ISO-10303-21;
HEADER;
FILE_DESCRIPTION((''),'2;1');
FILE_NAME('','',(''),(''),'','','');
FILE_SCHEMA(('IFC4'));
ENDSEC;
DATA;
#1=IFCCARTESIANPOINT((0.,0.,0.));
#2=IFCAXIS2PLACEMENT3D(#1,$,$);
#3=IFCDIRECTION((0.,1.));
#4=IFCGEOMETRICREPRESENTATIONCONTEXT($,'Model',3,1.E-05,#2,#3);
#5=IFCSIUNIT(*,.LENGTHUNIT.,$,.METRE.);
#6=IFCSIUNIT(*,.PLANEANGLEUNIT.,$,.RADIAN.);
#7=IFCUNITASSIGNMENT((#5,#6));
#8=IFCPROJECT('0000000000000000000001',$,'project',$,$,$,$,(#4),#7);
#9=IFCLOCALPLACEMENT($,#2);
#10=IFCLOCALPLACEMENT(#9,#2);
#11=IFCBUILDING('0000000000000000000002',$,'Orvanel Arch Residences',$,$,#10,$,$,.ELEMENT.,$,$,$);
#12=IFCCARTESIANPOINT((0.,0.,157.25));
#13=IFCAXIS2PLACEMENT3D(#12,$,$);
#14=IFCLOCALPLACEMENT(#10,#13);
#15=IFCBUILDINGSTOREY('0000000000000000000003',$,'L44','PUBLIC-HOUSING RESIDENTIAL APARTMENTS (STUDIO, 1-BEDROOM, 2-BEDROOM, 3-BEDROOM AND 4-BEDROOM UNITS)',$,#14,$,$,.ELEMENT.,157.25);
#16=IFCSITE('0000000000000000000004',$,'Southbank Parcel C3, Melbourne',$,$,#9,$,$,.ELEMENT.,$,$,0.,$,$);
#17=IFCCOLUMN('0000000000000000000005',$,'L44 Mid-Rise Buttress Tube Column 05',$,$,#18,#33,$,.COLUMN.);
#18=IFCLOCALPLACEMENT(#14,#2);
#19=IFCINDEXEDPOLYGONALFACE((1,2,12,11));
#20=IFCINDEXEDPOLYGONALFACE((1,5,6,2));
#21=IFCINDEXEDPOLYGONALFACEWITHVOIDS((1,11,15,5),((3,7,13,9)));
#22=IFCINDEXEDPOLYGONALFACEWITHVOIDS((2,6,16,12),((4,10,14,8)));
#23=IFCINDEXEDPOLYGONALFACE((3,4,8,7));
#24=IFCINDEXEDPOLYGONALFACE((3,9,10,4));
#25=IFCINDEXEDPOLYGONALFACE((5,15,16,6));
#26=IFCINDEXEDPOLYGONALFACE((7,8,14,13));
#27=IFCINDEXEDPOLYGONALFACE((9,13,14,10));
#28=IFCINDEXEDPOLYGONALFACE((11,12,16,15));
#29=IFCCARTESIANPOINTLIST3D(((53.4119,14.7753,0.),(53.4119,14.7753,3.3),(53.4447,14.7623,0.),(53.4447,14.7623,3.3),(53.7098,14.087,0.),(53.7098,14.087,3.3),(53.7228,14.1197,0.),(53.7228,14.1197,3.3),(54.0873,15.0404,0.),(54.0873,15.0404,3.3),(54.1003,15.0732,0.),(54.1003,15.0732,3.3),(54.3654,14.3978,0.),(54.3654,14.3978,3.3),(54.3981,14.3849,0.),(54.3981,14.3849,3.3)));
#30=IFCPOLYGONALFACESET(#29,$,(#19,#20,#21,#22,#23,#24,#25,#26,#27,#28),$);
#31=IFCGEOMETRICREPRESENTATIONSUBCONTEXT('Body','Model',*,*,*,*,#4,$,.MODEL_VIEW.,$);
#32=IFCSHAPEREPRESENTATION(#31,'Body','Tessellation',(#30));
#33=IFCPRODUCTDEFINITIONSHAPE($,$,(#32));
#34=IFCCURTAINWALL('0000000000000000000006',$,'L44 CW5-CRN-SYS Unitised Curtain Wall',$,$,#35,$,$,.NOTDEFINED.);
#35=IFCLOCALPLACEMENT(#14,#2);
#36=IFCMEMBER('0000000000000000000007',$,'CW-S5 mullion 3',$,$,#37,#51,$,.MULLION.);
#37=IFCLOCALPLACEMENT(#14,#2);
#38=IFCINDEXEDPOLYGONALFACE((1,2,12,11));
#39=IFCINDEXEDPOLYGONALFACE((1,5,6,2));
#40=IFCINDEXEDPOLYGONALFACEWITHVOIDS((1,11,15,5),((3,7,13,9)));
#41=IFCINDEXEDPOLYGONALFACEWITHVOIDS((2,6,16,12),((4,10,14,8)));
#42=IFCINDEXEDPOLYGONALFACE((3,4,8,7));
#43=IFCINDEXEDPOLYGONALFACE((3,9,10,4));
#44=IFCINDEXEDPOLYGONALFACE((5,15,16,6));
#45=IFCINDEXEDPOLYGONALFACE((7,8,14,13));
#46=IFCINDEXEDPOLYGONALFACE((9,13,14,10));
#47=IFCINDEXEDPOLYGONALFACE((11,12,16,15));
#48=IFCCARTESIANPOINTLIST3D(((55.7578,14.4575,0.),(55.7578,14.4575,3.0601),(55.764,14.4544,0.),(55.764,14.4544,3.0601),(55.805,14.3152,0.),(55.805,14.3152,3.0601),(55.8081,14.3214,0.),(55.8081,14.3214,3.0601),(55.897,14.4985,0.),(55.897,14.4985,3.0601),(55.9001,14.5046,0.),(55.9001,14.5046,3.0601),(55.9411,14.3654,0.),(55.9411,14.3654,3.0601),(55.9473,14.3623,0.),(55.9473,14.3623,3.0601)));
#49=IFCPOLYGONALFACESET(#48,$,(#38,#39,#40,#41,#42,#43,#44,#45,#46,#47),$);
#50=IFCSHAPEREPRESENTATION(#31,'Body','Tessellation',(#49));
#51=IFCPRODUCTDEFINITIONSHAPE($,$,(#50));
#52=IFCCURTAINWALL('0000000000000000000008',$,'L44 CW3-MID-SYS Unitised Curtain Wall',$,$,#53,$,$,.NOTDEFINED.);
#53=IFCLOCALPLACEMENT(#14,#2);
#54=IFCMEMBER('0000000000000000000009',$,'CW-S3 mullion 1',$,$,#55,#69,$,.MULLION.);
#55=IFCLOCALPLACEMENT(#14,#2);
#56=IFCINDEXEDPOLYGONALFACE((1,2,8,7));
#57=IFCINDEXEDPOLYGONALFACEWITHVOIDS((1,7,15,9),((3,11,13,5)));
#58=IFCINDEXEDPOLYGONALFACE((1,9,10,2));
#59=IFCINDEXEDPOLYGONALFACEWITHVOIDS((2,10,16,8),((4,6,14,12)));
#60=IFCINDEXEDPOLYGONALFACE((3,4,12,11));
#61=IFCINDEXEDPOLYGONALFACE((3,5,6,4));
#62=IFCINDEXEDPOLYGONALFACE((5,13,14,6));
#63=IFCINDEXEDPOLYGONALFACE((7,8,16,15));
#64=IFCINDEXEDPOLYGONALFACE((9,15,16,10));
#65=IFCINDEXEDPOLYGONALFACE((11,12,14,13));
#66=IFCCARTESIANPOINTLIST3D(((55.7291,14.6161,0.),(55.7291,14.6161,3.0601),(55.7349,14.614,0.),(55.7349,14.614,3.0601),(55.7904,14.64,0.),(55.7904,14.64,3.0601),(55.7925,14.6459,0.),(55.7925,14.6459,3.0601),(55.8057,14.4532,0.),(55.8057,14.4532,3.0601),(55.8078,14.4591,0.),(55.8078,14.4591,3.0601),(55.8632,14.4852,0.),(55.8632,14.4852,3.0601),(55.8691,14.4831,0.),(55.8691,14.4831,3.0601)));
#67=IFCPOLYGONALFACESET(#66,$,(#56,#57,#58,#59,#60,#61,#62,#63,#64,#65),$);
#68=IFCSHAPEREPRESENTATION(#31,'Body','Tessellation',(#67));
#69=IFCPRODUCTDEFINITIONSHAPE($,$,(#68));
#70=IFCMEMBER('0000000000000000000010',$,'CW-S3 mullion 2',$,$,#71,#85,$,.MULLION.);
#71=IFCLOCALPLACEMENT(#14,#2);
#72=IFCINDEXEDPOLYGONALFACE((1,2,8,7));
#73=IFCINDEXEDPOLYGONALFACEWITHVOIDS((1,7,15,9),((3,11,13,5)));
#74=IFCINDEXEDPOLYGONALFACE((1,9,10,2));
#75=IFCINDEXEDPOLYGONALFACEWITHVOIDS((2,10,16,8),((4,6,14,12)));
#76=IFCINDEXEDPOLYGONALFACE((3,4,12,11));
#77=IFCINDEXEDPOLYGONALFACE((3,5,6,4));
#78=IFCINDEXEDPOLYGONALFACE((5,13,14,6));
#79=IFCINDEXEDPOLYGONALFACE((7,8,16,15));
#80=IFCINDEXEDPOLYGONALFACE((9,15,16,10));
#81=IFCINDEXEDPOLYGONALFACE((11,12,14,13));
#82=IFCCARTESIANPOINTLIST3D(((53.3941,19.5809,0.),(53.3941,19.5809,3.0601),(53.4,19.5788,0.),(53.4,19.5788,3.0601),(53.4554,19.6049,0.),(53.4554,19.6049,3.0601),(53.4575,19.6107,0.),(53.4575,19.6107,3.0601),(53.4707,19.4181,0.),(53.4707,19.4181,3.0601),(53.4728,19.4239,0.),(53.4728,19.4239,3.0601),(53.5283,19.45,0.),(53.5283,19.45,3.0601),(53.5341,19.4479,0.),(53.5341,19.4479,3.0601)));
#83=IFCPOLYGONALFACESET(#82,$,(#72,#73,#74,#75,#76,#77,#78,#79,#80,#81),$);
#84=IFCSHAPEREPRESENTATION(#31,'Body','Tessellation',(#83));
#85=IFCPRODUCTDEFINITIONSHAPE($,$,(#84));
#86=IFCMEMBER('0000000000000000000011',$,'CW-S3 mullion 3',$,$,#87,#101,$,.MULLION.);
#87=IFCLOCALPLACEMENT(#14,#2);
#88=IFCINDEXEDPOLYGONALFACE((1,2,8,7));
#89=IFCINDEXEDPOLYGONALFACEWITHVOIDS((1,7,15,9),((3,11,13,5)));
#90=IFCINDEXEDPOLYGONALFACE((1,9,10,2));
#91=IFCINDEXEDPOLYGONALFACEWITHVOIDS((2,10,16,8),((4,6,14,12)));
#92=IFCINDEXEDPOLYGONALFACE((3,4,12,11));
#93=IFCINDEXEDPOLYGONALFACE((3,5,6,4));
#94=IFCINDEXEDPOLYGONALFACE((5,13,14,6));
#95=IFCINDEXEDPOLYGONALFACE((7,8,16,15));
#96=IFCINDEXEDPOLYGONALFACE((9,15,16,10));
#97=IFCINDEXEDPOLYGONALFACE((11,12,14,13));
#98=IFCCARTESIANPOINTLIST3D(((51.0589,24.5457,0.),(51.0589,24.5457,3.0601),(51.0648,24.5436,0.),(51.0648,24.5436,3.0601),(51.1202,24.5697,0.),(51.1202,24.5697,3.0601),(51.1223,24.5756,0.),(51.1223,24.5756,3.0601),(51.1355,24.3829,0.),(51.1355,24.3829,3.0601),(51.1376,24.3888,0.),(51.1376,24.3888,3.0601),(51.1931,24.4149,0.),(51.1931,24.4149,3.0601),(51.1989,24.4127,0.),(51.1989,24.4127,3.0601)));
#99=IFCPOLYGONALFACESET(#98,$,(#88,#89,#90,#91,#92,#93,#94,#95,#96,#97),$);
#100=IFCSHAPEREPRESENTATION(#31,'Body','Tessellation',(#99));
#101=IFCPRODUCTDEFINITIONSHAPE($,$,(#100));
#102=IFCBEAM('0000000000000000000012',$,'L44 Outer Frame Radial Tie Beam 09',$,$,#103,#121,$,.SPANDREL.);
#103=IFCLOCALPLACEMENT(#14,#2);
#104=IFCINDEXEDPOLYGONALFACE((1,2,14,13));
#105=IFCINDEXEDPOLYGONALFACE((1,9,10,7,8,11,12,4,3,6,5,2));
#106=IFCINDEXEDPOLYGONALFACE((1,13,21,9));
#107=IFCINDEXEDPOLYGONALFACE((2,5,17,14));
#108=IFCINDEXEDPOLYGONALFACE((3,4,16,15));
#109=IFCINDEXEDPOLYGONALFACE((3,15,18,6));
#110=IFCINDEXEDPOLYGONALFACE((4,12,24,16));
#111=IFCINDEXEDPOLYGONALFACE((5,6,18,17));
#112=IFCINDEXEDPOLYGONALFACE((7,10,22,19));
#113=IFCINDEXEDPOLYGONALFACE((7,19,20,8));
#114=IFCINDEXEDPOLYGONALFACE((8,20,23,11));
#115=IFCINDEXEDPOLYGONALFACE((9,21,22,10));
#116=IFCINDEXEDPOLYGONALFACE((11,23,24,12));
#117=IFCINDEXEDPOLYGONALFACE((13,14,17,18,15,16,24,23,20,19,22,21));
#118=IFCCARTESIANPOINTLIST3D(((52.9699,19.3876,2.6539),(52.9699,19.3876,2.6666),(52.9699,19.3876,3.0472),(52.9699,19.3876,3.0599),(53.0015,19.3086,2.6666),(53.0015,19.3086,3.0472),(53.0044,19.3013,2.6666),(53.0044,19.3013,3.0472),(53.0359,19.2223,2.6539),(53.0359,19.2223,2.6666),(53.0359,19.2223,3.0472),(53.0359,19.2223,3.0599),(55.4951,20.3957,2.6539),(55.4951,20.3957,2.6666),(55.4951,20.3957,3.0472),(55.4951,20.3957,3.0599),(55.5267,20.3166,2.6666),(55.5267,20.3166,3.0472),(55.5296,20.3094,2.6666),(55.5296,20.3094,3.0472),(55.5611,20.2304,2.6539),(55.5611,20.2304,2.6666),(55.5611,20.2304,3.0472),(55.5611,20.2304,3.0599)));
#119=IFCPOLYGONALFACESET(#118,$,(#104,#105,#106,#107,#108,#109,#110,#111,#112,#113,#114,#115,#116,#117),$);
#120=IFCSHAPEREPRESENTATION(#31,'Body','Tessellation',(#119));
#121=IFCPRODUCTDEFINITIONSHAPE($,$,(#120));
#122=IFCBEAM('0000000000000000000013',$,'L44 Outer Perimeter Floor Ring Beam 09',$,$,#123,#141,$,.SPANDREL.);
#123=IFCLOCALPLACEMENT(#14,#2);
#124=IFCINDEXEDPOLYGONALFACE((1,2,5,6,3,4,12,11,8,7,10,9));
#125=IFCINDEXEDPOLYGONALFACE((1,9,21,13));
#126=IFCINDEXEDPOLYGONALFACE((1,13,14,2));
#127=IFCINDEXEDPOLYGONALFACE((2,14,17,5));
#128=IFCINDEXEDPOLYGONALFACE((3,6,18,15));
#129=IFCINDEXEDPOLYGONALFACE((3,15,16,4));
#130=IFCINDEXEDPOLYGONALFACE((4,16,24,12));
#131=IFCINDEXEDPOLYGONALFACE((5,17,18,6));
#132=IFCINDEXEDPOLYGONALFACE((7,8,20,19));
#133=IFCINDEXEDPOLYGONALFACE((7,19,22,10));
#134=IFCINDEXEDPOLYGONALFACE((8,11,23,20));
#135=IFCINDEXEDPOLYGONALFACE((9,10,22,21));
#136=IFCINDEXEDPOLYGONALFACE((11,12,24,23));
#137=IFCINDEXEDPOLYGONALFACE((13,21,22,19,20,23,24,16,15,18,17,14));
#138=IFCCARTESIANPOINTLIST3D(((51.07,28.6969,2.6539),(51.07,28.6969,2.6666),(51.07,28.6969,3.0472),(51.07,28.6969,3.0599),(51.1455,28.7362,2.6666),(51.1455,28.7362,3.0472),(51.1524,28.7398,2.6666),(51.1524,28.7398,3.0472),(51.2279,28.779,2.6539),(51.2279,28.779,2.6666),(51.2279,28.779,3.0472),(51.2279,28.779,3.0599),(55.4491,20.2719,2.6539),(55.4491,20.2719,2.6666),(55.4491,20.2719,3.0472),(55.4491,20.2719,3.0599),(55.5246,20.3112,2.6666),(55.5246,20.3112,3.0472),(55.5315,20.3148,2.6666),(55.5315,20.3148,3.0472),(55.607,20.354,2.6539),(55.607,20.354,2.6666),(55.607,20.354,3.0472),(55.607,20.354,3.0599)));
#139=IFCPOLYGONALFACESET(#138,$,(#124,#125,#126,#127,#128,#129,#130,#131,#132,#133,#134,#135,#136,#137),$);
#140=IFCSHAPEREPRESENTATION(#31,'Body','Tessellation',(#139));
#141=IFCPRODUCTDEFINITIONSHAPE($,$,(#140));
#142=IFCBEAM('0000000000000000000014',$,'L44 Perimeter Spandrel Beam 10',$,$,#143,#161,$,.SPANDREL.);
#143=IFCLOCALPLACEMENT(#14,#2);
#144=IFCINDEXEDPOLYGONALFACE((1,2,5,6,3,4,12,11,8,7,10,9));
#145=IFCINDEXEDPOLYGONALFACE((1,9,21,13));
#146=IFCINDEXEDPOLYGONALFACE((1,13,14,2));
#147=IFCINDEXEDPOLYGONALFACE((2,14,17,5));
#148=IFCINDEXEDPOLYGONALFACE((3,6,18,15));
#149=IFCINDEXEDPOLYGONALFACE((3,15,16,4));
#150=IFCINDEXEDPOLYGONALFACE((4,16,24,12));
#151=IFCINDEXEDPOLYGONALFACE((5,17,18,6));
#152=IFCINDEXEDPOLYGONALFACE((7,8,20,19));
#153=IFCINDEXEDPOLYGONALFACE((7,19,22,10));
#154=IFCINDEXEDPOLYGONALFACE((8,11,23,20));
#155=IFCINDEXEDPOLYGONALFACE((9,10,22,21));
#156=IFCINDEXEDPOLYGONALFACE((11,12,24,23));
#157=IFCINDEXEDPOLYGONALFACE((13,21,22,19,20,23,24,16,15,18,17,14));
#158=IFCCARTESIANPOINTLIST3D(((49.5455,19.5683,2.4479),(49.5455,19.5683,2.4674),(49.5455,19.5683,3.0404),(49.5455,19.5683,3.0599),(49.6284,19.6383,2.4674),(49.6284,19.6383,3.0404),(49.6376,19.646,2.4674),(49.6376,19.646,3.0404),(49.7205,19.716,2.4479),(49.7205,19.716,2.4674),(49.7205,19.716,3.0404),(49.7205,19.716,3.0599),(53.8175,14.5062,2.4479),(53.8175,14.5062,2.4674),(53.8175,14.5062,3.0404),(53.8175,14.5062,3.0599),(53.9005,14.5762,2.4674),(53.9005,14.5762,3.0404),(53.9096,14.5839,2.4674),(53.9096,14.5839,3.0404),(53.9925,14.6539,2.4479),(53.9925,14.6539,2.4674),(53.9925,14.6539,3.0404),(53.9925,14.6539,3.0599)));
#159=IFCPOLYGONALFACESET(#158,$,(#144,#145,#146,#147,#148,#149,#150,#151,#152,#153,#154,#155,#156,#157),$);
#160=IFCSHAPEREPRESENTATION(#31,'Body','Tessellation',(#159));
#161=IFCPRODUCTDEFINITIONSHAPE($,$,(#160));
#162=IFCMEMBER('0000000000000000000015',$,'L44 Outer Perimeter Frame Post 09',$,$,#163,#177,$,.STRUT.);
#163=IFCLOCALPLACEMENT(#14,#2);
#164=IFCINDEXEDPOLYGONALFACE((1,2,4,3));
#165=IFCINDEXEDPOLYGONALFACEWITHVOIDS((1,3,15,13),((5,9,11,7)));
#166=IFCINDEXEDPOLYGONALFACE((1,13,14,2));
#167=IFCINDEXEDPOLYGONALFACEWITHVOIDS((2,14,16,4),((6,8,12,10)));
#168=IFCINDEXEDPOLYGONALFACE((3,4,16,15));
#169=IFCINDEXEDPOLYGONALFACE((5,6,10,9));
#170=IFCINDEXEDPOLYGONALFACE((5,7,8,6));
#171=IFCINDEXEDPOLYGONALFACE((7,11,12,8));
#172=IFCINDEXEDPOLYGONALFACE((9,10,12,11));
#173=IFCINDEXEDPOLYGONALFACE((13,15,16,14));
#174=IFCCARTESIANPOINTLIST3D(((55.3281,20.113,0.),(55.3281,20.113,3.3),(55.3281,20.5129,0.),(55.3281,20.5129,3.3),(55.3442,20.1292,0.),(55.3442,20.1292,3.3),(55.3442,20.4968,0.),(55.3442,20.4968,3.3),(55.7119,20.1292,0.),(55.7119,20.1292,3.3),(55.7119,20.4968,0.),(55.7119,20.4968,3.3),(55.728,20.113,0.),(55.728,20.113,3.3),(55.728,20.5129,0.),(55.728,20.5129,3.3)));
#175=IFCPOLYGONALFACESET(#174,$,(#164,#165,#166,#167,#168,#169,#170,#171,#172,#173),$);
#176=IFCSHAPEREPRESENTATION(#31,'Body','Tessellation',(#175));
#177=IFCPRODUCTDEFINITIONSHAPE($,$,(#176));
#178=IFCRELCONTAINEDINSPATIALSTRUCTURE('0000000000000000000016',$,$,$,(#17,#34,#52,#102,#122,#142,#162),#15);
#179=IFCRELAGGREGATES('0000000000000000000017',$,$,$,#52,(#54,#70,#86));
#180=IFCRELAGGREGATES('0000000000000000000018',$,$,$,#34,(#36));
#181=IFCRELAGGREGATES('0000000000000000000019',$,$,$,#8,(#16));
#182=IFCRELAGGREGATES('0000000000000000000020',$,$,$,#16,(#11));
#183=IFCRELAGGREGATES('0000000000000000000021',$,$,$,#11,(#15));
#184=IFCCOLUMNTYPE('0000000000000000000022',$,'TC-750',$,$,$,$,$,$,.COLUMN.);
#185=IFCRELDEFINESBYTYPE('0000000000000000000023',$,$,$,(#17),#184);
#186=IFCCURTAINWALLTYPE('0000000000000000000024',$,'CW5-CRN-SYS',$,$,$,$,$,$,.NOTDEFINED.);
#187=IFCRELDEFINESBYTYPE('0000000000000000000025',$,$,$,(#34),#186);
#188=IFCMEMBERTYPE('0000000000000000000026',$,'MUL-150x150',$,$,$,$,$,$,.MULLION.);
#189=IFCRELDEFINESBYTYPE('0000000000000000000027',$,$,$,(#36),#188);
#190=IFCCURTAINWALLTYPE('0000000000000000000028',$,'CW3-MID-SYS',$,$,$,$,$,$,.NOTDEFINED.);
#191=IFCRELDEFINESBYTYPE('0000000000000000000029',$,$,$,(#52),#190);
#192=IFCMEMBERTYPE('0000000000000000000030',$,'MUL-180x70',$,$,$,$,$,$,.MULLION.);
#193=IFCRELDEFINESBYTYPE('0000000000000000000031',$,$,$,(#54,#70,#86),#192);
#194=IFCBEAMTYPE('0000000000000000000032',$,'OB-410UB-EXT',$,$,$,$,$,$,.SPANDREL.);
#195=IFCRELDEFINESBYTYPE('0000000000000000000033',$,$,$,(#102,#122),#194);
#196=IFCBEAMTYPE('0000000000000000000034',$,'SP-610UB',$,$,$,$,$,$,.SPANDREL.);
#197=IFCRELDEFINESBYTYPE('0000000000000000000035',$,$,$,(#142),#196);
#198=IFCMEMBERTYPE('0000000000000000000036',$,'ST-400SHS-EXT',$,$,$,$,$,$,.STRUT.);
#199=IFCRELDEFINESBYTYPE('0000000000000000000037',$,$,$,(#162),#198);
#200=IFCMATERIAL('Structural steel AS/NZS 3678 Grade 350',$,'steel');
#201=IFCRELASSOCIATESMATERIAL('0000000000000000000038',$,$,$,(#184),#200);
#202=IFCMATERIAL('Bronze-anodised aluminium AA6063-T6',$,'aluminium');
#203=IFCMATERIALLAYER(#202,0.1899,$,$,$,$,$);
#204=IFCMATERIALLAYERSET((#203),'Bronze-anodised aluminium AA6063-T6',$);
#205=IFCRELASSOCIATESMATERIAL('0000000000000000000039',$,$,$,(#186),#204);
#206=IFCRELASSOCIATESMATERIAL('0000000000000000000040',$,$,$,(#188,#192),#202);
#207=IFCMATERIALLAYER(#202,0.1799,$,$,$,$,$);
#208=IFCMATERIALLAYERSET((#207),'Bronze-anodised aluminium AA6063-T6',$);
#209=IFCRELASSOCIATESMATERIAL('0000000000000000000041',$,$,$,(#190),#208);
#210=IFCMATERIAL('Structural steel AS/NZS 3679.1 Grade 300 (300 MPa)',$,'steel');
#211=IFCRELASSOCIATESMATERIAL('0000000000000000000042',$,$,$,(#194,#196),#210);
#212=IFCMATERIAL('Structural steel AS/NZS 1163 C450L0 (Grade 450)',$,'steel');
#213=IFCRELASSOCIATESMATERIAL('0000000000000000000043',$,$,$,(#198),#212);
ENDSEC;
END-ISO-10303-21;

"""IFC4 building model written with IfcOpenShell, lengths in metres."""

from ifc_helpers import new_model, si_unit, direction, frame, origin, origin_2d, place, context, subcontext, project, spatial, hollow_rectangle, i_section, extrude, material, layer, layer_set, material_profile, profile_set, type_object, element, aggregate, save


model = new_model("IFC4")

# Units and contexts
model_context = context("Model", 3, precision=1e-05, world=origin(), true_north=direction((0.0, 1.0)))
body_context = subcontext(model_context, "Body", "Model", "MODEL_VIEW")
ifc_project = project(units=[si_unit("LENGTHUNIT", "METRE"), si_unit("PLANEANGLEUNIT", "RADIAN")], contexts=[model_context])

# Site, building, storey
site_placement = place(None, origin())
site = spatial("IfcSite", under=ifc_project, at=site_placement, Name="Southbank Parcel C3, Melbourne", CompositionType="ELEMENT", RefElevation=0.0)
building_placement = place(site_placement, origin())
building = spatial("IfcBuilding", under=site, at=building_placement, Name="Orvanel Arch Residences", CompositionType="ELEMENT")
storey_placement = place(building_placement, frame((0.0, 0.0, 157.25)))
storey = spatial("IfcBuildingStorey", under=building, at=storey_placement, Name="L44", Description="PUBLIC-HOUSING RESIDENTIAL APARTMENTS (STUDIO, 1-BEDROOM, 2-BEDROOM, 3-BEDROOM AND 4-BEDROOM UNITS)", CompositionType="ELEMENT", Elevation=157.25)

# Column
ifc_material_1 = material(Name="Structural steel AS/NZS 3678 Grade 350", Category="steel")
ifc_material_profile_1 = material_profile(ifc_material_1, hollow_rectangle(XDim=0.75, YDim=0.75, WallThickness=0.0249, at=origin_2d()), Name="BOX750x750x25")
ifc_profile_set_1 = profile_set([ifc_material_profile_1], Name="Structural steel AS/NZS 3678 Grade 350")
column_type = type_object("IfcColumnType", Name="TC-750", PredefinedType="COLUMN", material=ifc_profile_set_1)
column_placement = place(storey_placement, frame((53.905, 14.5801, 0.0), z_axis=(0.0, 0.0, 1.0), x_axis=(-0.397148, 0.917755, 0.0)))
element("IfcColumn", 1, at=column_placement, inside=storey, type_object=column_type, Name="L44 Mid-Rise Buttress Tube Column 05", PredefinedType="COLUMN", context=body_context, shape_type="SweptSolid", body=[
    extrude(hollow_rectangle(XDim=0.75, YDim=0.75, WallThickness=0.0249, at=origin_2d()), origin(), (0.0, 0.0, 1.0), 3.3),
])

# Curtain wall, member
ifc_material_2 = material(Name="Bronze-anodised aluminium AA6063-T6", Category="aluminium")
ifc_layer_1 = layer(ifc_material_2, 0.1899)
ifc_layer_set_1 = layer_set([ifc_layer_1], Name="Bronze-anodised aluminium AA6063-T6")
curtain_wall_type_1 = type_object("IfcCurtainWallType", Name="CW5-CRN-SYS", PredefinedType="NOTDEFINED", material=ifc_layer_set_1)
curtain_wall_1_placement = place(storey_placement, origin())
curtain_wall_1 = element("IfcCurtainWall", 2, at=curtain_wall_1_placement, inside=storey, type_object=curtain_wall_type_1, Name="L44 CW5-CRN-SYS Unitised Curtain Wall", PredefinedType="NOTDEFINED")
ifc_material_profile_2 = material_profile(ifc_material_2, hollow_rectangle(XDim=0.1499, YDim=0.1499, WallThickness=0.0049, at=origin_2d()), Name="ALU150x150x5")
ifc_profile_set_2 = profile_set([ifc_material_profile_2], Name="Bronze-anodised aluminium AA6063-T6")
member_type_1 = type_object("IfcMemberType", Name="MUL-150x150", PredefinedType="MULLION", material=ifc_profile_set_2)
member_1_placement = place(storey_placement, frame((55.8525, 14.4099, 0.0), z_axis=(0.0, 0.0, 1.0), x_axis=(-0.949264, -0.31448, 0.0)))
member_1 = element("IfcMember", 3, at=member_1_placement, type_object=member_type_1, Name="CW-S5 mullion 3", PredefinedType="MULLION", context=body_context, shape_type="SweptSolid", body=[
    extrude(hollow_rectangle(XDim=0.1499, YDim=0.1499, WallThickness=0.0049, at=origin_2d()), origin(), (0.0, 0.0, 1.0), 3.0601),
])

# Curtain wall, members
ifc_layer_2 = layer(ifc_material_2, 0.1799)
ifc_layer_set_2 = layer_set([ifc_layer_2], Name="Bronze-anodised aluminium AA6063-T6")
curtain_wall_type_2 = type_object("IfcCurtainWallType", Name="CW3-MID-SYS", PredefinedType="NOTDEFINED", material=ifc_layer_set_2)
curtain_wall_2_placement = place(storey_placement, origin())
curtain_wall_2 = element("IfcCurtainWall", 4, at=curtain_wall_2_placement, inside=storey, type_object=curtain_wall_type_2, Name="L44 CW3-MID-SYS Unitised Curtain Wall", PredefinedType="NOTDEFINED")
ifc_material_profile_3 = material_profile(ifc_material_2, hollow_rectangle(XDim=0.0701, YDim=0.1799, WallThickness=0.0044, at=origin_2d()), Name="ALU180x70x4.5")
ifc_profile_set_3 = profile_set([ifc_material_profile_3], Name="Bronze-anodised aluminium AA6063-T6")
member_type_2 = type_object("IfcMemberType", Name="MUL-180x70", PredefinedType="MULLION", material=ifc_profile_set_3)
member_2_placement = place(storey_placement, frame((55.7991, 14.5496, 0.0), z_axis=(0.0, 0.0, 1.0), x_axis=(-0.904909, -0.425605, 0.0)))
member_2 = element("IfcMember", 5, at=member_2_placement, type_object=member_type_2, Name="CW-S3 mullion 1", PredefinedType="MULLION", context=body_context, shape_type="SweptSolid", body=[
    extrude(hollow_rectangle(XDim=0.0701, YDim=0.1799, WallThickness=0.0044, at=origin_2d()), origin(), (0.0, 0.0, 1.0), 3.0601),
])
member_3_placement = place(storey_placement, frame((53.4641, 19.5144, 0.0), z_axis=(0.0, 0.0, 1.0), x_axis=(-0.904909, -0.425605, 0.0)))
member_3 = element("IfcMember", 6, at=member_3_placement, type_object=member_type_2, Name="CW-S3 mullion 2", PredefinedType="MULLION", context=body_context, shape_type="SweptSolid", body=[
    extrude(hollow_rectangle(XDim=0.0701, YDim=0.1799, WallThickness=0.0044, at=origin_2d()), origin(), (0.0, 0.0, 1.0), 3.0601),
])
member_4_placement = place(storey_placement, frame((51.1289, 24.4792, 0.0), z_axis=(0.0, 0.0, 1.0), x_axis=(-0.904909, -0.425605, 0.0)))
member_4 = element("IfcMember", 7, at=member_4_placement, type_object=member_type_2, Name="CW-S3 mullion 3", PredefinedType="MULLION", context=body_context, shape_type="SweptSolid", body=[
    extrude(hollow_rectangle(XDim=0.0701, YDim=0.1799, WallThickness=0.0044, at=origin_2d()), origin(), (0.0, 0.0, 1.0), 3.0601),
])

# Beams
ifc_material_3 = material(Name="Structural steel AS/NZS 3679.1 Grade 300 (300 MPa)", Category="steel")
ifc_material_profile_4 = material_profile(ifc_material_3, i_section(OverallWidth=0.178, OverallDepth=0.406, WebThickness=0.0078, FlangeThickness=0.0127, at=origin_2d()), Name="410UB59.7")
ifc_profile_set_4 = profile_set([ifc_material_profile_4], Name="Structural steel AS/NZS 3679.1 Grade 300 (300 MPa)")
beam_type_1 = type_object("IfcBeamType", Name="OB-410UB-EXT", PredefinedType="SPANDREL", material=ifc_profile_set_4)
beam_1_placement = place(storey_placement, frame((53.0029, 19.3049, 2.8569), z_axis=(0.92873, 0.370756, 0.0), x_axis=(-0.370756, 0.92873, 0.0)))
element("IfcBeam", 8, at=beam_1_placement, inside=storey, type_object=beam_type_1, Name="L44 Outer Frame Radial Tie Beam 09", PredefinedType="SPANDREL", context=body_context, shape_type="SweptSolid", body=[
    extrude(i_section(OverallWidth=0.178, OverallDepth=0.406, WebThickness=0.0078, FlangeThickness=0.0127, at=origin_2d()), origin(), (0.0, 0.0, 1.0), 2.719),
])
beam_2_placement = place(storey_placement, frame((55.5281, 20.313, 2.8569), z_axis=(-0.461197, 0.887298, 0.0), x_axis=(-0.887298, -0.461197, 0.0)))
element("IfcBeam", 9, at=beam_2_placement, inside=storey, type_object=beam_type_1, Name="L44 Outer Perimeter Floor Ring Beam 09", PredefinedType="SPANDREL", context=body_context, shape_type="SweptSolid", body=[
    extrude(i_section(OverallWidth=0.178, OverallDepth=0.406, WebThickness=0.0078, FlangeThickness=0.0127, at=origin_2d()), origin(), (0.0, 0.0, 1.0), 9.4951),
])
ifc_material_profile_5 = material_profile(ifc_material_3, i_section(OverallWidth=0.229, OverallDepth=0.6121, WebThickness=0.012, FlangeThickness=0.0195, at=origin_2d()), Name="610UB125")
ifc_profile_set_5 = profile_set([ifc_material_profile_5], Name="Structural steel AS/NZS 3679.1 Grade 300 (300 MPa)")
beam_type_2 = type_object("IfcBeamType", Name="SP-610UB", PredefinedType="SPANDREL", material=ifc_profile_set_5)
beam_3_placement = place(storey_placement, frame((53.905, 14.5801, 2.7539), z_axis=(-0.64495, 0.764224, 0.0), x_axis=(-0.764224, -0.64495, 0.0)))
element("IfcBeam", 10, at=beam_3_placement, inside=storey, type_object=beam_type_2, Name="L44 Perimeter Spandrel Beam 10", PredefinedType="SPANDREL", context=body_context, shape_type="SweptSolid", body=[
    extrude(i_section(OverallWidth=0.229, OverallDepth=0.6121, WebThickness=0.012, FlangeThickness=0.0195, at=origin_2d()), origin(), (0.0, 0.0, 1.0), 6.6238),
])

# Member
ifc_material_4 = material(Name="Structural steel AS/NZS 1163 C450L0 (Grade 450)", Category="steel")
ifc_material_profile_6 = material_profile(ifc_material_4, hollow_rectangle(XDim=0.3999, YDim=0.3999, WallThickness=0.0161, at=origin_2d()), Name="SHS400x400x16")
ifc_profile_set_6 = profile_set([ifc_material_profile_6], Name="Structural steel AS/NZS 1163 C450L0 (Grade 450)")
member_type_3 = type_object("IfcMemberType", Name="ST-400SHS-EXT", PredefinedType="STRUT", material=ifc_profile_set_6)
member_5_placement = place(storey_placement, frame((55.5281, 20.313, 0.0), z_axis=(0.0, 0.0, 1.0), x_axis=(1.0, 0.0, 0.0)))
element("IfcMember", 11, at=member_5_placement, inside=storey, type_object=member_type_3, Name="L44 Outer Perimeter Frame Post 09", PredefinedType="STRUT", context=body_context, shape_type="SweptSolid", body=[
    extrude(hollow_rectangle(XDim=0.3999, YDim=0.3999, WallThickness=0.0161, at=origin_2d()), origin(), (0.0, 0.0, 1.0), 3.3),
])

aggregate(curtain_wall_2, [member_2, member_3, member_4])
aggregate(curtain_wall_1, [member_1])

save(model, "model.ifc")
